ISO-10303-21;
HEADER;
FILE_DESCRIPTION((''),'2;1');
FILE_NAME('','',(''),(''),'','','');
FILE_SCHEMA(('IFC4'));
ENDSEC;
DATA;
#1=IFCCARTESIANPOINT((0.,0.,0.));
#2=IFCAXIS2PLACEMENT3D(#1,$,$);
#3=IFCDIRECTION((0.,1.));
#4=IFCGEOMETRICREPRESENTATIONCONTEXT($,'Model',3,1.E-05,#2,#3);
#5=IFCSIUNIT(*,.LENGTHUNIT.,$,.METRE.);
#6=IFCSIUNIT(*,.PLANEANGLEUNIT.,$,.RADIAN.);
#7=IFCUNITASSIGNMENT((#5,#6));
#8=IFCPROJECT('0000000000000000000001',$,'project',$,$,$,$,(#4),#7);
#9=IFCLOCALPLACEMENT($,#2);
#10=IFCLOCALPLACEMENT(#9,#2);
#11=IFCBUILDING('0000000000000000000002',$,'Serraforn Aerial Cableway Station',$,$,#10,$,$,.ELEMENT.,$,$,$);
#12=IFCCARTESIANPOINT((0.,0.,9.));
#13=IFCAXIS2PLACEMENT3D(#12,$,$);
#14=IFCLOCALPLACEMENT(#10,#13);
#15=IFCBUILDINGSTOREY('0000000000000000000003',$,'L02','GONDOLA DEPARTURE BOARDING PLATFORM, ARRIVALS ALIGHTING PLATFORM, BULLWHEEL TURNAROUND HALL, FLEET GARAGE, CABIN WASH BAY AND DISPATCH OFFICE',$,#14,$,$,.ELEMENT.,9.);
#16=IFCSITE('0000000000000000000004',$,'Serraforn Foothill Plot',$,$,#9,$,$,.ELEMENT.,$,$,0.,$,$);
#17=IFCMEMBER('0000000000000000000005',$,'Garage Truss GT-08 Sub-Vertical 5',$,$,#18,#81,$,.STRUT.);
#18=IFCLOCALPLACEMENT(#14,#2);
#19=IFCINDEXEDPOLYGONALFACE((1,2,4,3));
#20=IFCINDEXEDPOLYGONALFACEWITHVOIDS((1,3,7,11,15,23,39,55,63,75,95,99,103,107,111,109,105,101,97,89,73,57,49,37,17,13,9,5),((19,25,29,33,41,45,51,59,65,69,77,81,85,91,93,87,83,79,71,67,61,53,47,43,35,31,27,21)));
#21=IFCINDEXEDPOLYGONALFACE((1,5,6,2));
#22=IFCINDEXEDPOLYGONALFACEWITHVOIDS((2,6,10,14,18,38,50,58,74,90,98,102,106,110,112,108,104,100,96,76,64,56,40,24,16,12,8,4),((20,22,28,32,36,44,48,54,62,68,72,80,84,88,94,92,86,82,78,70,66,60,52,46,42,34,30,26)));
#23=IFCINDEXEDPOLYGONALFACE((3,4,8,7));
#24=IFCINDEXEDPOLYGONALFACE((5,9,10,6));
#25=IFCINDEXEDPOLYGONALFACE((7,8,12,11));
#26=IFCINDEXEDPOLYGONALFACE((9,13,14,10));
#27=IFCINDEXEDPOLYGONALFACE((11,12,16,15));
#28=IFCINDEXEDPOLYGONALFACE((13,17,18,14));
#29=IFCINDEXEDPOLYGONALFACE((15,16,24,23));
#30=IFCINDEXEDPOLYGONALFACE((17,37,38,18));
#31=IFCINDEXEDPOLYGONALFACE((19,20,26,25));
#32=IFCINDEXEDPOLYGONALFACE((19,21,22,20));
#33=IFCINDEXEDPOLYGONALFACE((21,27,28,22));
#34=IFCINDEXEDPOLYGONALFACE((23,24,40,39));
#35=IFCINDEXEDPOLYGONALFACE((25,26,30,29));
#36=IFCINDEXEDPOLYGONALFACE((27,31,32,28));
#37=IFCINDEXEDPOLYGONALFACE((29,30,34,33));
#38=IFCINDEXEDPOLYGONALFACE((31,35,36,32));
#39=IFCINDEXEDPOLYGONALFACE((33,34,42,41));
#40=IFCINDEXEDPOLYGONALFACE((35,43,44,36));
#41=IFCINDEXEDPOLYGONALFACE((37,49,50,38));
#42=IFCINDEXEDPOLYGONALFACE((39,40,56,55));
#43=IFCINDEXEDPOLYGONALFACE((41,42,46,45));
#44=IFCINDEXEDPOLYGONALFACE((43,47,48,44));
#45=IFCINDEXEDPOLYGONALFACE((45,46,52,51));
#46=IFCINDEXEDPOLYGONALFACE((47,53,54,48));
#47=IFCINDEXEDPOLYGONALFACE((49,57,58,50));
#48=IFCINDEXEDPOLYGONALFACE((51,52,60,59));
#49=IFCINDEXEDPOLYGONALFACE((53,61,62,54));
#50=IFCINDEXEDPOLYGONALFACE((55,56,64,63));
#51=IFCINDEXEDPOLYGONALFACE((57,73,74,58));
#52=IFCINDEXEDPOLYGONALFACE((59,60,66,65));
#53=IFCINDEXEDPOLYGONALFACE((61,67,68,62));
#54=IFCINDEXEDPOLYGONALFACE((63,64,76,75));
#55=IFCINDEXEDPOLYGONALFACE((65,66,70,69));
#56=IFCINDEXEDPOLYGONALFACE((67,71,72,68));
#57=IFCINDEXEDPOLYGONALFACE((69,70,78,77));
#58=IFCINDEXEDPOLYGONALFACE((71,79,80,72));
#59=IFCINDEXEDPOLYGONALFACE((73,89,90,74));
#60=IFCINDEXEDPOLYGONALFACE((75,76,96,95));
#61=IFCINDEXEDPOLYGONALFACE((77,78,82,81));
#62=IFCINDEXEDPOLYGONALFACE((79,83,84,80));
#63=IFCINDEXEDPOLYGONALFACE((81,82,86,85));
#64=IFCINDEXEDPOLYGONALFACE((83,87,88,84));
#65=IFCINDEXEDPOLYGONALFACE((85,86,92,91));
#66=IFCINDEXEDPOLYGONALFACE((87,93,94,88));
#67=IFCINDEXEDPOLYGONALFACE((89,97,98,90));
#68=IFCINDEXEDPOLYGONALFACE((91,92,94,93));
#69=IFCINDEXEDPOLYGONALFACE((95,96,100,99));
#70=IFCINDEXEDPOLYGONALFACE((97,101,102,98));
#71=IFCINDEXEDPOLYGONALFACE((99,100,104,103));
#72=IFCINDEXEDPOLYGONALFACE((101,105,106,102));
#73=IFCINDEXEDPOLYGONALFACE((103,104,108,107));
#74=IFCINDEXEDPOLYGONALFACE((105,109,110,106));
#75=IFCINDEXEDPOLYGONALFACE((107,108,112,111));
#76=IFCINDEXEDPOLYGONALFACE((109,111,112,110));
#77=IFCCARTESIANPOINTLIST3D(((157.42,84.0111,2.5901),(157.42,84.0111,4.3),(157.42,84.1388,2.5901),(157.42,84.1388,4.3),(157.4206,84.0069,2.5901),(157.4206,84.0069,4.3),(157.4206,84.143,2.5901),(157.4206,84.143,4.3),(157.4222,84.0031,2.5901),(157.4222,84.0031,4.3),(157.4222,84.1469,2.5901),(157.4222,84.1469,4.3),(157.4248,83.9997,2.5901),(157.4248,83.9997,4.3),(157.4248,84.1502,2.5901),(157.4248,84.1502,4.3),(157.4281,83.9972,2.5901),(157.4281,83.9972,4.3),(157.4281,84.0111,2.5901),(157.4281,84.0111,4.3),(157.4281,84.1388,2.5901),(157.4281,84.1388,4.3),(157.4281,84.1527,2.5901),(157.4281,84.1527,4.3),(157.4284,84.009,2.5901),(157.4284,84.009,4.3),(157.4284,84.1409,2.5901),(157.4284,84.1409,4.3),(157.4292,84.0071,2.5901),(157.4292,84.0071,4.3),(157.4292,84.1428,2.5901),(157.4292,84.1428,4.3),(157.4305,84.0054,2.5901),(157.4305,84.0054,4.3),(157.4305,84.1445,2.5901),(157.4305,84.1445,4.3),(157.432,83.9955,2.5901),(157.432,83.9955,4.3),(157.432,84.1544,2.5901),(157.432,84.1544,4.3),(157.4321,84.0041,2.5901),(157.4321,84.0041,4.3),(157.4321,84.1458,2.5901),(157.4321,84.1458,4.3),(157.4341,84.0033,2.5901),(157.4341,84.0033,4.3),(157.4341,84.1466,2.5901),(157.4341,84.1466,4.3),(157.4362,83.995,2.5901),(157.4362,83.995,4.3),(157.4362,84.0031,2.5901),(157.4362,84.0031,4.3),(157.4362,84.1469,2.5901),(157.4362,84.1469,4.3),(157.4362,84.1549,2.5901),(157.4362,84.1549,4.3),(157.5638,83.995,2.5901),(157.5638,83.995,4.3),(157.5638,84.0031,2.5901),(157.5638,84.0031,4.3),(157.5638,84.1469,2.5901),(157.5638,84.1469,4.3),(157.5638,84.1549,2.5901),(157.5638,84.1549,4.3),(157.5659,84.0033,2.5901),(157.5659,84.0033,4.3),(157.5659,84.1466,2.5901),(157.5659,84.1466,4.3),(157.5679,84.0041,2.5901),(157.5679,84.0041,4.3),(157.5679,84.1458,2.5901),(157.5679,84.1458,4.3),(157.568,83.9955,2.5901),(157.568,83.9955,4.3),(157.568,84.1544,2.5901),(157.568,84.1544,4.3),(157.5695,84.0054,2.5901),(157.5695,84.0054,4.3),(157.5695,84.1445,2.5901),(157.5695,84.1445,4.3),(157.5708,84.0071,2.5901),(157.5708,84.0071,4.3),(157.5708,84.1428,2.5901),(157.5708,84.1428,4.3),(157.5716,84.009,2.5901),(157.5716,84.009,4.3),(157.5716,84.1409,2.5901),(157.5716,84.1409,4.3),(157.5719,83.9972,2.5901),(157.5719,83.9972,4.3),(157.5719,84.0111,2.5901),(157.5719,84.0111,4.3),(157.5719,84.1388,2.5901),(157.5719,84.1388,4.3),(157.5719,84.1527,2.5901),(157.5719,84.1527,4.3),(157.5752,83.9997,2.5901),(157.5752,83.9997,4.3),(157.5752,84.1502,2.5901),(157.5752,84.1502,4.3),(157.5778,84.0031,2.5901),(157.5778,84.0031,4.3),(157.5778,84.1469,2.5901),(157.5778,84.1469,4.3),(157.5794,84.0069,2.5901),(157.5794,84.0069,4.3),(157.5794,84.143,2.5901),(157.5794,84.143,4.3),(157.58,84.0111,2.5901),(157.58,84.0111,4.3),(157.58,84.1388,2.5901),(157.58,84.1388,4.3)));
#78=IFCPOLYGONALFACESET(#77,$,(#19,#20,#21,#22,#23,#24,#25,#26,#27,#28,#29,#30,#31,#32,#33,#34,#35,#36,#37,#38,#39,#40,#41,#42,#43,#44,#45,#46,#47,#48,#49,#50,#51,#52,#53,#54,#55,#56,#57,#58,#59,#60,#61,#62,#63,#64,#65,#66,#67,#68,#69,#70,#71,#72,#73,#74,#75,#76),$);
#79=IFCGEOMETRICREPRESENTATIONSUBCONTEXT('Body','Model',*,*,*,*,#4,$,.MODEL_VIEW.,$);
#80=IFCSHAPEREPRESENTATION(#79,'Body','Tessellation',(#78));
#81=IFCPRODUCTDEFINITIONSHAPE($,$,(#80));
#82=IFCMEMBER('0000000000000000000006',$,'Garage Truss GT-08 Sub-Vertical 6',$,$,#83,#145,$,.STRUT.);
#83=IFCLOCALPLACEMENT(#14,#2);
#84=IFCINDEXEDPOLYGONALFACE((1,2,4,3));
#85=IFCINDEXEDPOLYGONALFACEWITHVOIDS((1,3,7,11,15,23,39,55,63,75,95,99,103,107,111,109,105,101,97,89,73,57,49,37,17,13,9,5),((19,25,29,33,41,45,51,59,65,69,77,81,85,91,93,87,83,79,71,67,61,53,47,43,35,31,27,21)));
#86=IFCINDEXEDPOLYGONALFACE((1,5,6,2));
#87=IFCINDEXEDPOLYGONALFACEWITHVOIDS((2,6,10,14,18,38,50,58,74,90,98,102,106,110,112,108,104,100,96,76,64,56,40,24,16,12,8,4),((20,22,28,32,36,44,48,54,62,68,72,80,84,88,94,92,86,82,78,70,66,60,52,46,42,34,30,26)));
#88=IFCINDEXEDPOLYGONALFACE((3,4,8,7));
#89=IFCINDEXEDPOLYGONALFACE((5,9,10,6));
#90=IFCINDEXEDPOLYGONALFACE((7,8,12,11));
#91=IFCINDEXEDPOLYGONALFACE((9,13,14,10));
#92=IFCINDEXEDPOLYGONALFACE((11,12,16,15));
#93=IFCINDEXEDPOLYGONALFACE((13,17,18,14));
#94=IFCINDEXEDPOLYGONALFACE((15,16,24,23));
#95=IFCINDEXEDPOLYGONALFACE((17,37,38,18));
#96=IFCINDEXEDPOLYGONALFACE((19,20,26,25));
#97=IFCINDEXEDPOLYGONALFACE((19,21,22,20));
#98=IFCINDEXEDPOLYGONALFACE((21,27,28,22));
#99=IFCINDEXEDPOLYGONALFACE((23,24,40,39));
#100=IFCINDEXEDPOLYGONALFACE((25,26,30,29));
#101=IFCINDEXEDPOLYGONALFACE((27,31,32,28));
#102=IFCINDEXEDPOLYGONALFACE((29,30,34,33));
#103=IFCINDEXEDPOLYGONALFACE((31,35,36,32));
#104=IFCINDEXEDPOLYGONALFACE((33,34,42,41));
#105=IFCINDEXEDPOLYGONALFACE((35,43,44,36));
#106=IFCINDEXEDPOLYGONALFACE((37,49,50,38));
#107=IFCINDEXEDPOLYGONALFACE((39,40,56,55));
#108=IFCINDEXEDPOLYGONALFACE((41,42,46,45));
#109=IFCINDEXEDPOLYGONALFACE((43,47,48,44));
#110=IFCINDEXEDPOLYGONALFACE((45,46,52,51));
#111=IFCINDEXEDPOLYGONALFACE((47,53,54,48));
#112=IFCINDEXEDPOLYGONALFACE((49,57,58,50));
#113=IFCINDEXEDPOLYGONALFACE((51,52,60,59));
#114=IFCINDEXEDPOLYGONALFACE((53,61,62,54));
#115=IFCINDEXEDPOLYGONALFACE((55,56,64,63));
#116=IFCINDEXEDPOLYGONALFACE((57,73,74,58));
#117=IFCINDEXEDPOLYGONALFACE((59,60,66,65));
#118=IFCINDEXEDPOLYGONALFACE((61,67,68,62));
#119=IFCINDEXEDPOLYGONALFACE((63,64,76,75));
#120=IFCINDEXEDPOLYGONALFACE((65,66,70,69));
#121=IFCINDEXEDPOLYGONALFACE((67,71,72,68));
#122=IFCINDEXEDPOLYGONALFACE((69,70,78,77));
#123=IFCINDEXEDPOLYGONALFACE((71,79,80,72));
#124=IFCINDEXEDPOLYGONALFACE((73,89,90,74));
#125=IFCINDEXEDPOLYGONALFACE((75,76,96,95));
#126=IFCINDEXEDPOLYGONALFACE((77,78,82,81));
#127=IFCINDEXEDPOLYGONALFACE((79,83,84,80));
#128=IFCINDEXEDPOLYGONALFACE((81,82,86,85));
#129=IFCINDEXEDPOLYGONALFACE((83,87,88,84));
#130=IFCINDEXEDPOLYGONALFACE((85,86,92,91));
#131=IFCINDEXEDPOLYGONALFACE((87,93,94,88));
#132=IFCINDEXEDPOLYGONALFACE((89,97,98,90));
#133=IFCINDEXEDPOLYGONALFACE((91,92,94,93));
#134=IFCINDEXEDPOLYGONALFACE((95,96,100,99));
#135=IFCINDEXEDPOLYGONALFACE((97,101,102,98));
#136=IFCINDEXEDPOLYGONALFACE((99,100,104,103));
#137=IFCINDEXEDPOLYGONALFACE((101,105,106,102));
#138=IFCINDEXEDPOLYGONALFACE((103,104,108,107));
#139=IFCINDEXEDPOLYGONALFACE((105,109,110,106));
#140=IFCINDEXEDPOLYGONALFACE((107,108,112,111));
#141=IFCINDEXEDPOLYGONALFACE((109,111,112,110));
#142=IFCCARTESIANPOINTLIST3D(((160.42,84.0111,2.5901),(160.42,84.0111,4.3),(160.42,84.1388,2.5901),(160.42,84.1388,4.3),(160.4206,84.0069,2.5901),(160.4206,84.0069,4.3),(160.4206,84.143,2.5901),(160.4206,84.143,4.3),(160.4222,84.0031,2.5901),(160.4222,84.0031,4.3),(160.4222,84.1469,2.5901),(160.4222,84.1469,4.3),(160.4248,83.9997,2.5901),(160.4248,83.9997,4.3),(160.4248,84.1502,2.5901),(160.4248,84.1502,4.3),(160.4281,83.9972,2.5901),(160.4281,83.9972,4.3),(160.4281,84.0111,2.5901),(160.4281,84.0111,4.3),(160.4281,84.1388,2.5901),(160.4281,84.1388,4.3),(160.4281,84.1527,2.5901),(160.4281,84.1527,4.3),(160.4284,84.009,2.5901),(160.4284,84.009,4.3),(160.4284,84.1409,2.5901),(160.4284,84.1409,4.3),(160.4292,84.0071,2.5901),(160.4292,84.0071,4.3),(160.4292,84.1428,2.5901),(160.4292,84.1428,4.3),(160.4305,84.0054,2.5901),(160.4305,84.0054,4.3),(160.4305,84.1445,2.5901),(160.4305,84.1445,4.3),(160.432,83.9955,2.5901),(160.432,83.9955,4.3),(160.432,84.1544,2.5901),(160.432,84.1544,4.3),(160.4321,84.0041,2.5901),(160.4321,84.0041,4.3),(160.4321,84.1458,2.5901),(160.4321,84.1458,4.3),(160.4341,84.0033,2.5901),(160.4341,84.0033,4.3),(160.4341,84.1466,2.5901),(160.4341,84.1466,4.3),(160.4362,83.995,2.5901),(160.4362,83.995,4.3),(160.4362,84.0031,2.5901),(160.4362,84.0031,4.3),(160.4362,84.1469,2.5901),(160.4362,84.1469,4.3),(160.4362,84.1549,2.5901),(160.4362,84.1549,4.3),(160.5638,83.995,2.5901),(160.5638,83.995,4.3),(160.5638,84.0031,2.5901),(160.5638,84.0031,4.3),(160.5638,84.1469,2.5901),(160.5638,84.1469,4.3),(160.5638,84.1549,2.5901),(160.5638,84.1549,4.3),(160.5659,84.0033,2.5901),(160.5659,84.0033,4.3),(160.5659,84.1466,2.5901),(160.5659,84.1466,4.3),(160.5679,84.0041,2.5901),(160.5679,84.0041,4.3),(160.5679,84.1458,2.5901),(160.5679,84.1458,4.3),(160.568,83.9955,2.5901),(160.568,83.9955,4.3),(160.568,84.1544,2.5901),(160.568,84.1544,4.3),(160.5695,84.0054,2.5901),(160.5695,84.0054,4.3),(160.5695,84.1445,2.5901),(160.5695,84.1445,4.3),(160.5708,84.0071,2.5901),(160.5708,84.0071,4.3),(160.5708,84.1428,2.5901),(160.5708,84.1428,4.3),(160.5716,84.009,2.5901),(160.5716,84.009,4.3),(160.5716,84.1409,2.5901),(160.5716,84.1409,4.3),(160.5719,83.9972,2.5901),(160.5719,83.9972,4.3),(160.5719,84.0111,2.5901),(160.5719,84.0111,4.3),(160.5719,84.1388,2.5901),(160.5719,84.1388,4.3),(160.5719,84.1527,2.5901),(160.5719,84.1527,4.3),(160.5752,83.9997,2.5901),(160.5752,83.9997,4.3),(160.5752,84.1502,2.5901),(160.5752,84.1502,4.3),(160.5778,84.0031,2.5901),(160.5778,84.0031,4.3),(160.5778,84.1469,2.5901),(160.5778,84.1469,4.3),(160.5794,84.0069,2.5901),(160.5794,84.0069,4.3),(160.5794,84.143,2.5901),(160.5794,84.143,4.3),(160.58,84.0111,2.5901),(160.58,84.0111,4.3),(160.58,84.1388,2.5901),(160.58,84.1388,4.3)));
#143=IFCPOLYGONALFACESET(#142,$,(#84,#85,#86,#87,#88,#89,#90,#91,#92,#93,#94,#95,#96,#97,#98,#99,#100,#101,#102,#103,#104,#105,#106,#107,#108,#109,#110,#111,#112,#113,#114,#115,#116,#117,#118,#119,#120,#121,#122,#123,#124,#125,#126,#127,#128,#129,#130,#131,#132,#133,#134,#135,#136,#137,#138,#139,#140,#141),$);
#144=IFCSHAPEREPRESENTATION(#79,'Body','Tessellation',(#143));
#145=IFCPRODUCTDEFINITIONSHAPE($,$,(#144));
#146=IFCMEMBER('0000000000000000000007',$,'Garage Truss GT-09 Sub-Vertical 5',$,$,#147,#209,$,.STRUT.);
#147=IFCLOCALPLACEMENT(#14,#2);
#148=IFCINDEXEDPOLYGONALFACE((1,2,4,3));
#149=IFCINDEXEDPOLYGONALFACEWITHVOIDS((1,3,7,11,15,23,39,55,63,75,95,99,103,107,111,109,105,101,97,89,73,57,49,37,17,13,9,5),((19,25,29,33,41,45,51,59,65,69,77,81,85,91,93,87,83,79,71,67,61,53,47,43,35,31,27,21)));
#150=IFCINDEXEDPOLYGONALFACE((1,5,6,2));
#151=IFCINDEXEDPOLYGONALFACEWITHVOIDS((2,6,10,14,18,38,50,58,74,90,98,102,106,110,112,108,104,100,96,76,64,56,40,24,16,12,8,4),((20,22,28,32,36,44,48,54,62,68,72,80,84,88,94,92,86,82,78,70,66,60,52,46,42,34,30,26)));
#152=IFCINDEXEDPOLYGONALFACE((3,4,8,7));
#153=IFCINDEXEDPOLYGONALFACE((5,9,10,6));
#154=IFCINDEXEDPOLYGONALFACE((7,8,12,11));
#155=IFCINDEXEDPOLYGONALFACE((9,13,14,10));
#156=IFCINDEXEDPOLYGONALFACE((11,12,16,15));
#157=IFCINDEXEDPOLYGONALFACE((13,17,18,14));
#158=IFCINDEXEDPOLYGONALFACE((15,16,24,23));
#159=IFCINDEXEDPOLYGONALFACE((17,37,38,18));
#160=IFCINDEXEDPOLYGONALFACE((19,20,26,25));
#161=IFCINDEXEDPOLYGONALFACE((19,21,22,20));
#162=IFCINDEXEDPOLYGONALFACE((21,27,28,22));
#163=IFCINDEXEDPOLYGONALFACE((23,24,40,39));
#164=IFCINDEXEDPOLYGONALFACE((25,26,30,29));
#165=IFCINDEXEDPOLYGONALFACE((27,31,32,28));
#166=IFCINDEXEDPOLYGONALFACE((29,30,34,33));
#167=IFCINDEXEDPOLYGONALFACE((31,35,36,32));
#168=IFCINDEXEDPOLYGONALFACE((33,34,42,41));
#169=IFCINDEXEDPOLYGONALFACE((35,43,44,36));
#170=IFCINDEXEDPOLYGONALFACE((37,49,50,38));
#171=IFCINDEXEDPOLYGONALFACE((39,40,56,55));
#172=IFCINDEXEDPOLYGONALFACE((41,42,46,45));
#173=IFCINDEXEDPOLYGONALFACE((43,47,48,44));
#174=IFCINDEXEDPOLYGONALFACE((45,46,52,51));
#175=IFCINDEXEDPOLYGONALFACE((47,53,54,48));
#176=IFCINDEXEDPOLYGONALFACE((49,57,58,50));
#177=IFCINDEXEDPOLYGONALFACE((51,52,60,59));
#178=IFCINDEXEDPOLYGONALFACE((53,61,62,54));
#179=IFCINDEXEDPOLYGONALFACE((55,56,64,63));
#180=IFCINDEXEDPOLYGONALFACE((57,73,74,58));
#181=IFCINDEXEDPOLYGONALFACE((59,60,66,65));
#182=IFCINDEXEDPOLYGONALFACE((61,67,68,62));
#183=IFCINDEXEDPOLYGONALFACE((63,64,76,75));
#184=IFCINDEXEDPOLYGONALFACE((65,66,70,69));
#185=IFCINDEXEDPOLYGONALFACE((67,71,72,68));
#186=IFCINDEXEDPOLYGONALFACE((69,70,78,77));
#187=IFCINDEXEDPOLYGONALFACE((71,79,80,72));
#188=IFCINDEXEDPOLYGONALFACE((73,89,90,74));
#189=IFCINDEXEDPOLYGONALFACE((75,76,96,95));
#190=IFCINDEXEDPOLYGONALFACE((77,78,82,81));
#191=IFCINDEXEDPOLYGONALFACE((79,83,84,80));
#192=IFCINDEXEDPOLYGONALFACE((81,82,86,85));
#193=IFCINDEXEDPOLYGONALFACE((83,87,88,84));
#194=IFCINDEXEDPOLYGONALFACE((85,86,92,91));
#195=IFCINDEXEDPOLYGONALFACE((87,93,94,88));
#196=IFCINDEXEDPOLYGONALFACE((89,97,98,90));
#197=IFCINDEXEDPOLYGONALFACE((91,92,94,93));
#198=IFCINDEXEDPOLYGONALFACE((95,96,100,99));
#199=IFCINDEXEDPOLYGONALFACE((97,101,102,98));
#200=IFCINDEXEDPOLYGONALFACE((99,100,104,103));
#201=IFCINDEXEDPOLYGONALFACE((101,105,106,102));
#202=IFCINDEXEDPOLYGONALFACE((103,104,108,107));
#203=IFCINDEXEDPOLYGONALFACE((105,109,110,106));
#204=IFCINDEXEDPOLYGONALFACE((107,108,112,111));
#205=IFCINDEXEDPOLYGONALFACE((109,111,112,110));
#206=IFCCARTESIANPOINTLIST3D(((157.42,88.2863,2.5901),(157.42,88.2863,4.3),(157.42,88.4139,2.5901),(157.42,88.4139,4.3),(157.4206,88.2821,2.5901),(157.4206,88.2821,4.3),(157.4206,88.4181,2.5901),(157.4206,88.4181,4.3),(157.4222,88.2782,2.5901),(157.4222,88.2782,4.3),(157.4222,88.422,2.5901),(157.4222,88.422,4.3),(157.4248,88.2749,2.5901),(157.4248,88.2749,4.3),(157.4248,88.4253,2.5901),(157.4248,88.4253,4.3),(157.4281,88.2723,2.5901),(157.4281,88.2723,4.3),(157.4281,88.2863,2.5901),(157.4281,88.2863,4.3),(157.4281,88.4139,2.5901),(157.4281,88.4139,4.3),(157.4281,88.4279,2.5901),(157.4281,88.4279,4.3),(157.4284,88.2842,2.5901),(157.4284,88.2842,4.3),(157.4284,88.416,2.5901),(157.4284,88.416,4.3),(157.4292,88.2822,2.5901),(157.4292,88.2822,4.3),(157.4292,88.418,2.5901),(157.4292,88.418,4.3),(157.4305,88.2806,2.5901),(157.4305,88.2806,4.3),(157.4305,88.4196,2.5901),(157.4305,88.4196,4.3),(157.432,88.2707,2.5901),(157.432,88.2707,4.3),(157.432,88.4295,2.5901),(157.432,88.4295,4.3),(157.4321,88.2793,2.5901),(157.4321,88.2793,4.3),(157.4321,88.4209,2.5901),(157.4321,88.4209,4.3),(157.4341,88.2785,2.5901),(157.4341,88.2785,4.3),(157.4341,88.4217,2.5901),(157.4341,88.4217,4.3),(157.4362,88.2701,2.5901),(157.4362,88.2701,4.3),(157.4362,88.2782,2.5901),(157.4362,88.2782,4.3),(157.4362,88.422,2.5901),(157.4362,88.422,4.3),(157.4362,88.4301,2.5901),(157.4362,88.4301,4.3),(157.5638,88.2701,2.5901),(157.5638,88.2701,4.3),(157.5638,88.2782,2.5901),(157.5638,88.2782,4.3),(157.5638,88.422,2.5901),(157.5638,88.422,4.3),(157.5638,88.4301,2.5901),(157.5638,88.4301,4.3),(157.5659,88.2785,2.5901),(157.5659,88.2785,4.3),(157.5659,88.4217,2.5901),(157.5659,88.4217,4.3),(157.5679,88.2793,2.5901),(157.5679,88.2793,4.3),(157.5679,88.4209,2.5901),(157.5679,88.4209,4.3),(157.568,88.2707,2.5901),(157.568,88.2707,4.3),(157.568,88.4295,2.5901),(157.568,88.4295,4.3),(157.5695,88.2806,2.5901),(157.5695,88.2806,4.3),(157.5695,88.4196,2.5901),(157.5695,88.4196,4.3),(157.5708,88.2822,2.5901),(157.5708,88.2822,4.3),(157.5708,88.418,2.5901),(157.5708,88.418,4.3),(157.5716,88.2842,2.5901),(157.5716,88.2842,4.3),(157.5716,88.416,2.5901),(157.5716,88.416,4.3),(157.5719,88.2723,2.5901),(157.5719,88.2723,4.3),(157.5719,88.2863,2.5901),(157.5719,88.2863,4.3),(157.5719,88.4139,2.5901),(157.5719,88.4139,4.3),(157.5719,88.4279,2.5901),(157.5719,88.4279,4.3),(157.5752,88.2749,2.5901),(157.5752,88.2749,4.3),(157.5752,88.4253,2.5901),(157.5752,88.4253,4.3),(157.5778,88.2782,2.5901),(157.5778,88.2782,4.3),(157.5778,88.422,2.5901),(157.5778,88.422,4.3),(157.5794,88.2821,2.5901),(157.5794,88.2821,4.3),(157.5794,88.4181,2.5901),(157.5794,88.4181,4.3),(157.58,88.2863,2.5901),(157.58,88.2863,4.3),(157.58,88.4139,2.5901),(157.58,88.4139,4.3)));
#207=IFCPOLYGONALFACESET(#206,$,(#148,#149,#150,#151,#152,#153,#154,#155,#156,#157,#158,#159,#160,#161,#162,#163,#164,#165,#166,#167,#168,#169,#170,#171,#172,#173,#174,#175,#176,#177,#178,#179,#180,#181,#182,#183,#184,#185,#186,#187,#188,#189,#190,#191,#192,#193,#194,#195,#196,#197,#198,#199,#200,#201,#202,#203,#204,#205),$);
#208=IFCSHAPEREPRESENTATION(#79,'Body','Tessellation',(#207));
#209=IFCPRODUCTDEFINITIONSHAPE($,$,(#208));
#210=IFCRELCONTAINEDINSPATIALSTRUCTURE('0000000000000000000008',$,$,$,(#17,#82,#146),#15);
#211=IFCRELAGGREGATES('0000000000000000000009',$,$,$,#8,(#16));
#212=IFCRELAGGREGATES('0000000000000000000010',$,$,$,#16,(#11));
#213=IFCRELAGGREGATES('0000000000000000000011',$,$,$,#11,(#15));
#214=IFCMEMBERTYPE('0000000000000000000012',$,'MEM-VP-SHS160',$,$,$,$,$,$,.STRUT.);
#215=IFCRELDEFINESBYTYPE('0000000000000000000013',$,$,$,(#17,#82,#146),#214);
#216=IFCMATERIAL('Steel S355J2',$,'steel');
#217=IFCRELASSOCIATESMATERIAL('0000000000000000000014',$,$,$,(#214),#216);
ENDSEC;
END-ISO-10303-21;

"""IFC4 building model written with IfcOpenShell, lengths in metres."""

from ifc_helpers import new_model, si_unit, direction, frame, origin, origin_2d, place, context, subcontext, project, spatial, hollow_rectangle, extrude, material, material_profile, profile_set, type_object, element, save


model = new_model("IFC4")

# Units and contexts
model_context = context("Model", 3, precision=1e-05, world=origin(), true_north=direction((0.0, 1.0)))
body_context = subcontext(model_context, "Body", "Model", "MODEL_VIEW")
ifc_project = project(units=[si_unit("LENGTHUNIT", "METRE"), si_unit("PLANEANGLEUNIT", "RADIAN")], contexts=[model_context])

# Site, building, storey
site_placement = place(None, origin())
site = spatial("IfcSite", under=ifc_project, at=site_placement, Name="Serraforn Foothill Plot", CompositionType="ELEMENT", RefElevation=0.0)
building_placement = place(site_placement, origin())
building = spatial("IfcBuilding", under=site, at=building_placement, Name="Serraforn Aerial Cableway Station", CompositionType="ELEMENT")
storey_placement = place(building_placement, frame((0.0, 0.0, 9.0)))
storey = spatial("IfcBuildingStorey", under=building, at=storey_placement, Name="L02", Description="GONDOLA DEPARTURE BOARDING PLATFORM, ARRIVALS ALIGHTING PLATFORM, BULLWHEEL TURNAROUND HALL, FLEET GARAGE, CABIN WASH BAY AND DISPATCH OFFICE", CompositionType="ELEMENT", Elevation=9.0)

# Members
ifc_material_1 = material(Name="Steel S355J2", Category="steel")
ifc_material_profile_1 = material_profile(ifc_material_1, hollow_rectangle(XDim=0.1599, YDim=0.1599, WallThickness=0.0081, InnerFilletRadius=0.0081, OuterFilletRadius=0.0161, at=origin_2d()), Name="SHS 160x160x8.0")
ifc_profile_set_1 = profile_set([ifc_material_profile_1], Name="Steel S355J2")
member_type_1 = type_object("IfcMemberType", Name="MEM-VP-SHS160", PredefinedType="STRUT", material=ifc_profile_set_1)
for number, where, z_axis, x_axis, name in (
    (1, (157.5, 84.075, 2.5901), (0.0, 0.0, 1.0), (1.0, 0.0, 0.0), "Garage Truss GT-08 Sub-Vertical 5"),
    (2, (160.5, 84.075, 2.5901), (0.0, 0.0, 1.0), (1.0, 0.0, 0.0), "Garage Truss GT-08 Sub-Vertical 6"),
    (3, (157.5, 88.3501, 2.5901), (0.0, 0.0, 1.0), (1.0, 0.0, 0.0), "Garage Truss GT-09 Sub-Vertical 5"),
):
    element("IfcMember", number, at=place(storey_placement, frame(where, z_axis=z_axis, x_axis=x_axis)), inside=storey, type_object=member_type_1, Name=name, PredefinedType="STRUT", context=body_context, shape_type="SweptSolid", body=[
        extrude(hollow_rectangle(XDim=0.1599, YDim=0.1599, WallThickness=0.0081, InnerFilletRadius=0.0081, OuterFilletRadius=0.0161, at=origin_2d()), origin(), (0.0, 0.0, 1.0), 1.71),
    ])

save(model, "model.ifc")
